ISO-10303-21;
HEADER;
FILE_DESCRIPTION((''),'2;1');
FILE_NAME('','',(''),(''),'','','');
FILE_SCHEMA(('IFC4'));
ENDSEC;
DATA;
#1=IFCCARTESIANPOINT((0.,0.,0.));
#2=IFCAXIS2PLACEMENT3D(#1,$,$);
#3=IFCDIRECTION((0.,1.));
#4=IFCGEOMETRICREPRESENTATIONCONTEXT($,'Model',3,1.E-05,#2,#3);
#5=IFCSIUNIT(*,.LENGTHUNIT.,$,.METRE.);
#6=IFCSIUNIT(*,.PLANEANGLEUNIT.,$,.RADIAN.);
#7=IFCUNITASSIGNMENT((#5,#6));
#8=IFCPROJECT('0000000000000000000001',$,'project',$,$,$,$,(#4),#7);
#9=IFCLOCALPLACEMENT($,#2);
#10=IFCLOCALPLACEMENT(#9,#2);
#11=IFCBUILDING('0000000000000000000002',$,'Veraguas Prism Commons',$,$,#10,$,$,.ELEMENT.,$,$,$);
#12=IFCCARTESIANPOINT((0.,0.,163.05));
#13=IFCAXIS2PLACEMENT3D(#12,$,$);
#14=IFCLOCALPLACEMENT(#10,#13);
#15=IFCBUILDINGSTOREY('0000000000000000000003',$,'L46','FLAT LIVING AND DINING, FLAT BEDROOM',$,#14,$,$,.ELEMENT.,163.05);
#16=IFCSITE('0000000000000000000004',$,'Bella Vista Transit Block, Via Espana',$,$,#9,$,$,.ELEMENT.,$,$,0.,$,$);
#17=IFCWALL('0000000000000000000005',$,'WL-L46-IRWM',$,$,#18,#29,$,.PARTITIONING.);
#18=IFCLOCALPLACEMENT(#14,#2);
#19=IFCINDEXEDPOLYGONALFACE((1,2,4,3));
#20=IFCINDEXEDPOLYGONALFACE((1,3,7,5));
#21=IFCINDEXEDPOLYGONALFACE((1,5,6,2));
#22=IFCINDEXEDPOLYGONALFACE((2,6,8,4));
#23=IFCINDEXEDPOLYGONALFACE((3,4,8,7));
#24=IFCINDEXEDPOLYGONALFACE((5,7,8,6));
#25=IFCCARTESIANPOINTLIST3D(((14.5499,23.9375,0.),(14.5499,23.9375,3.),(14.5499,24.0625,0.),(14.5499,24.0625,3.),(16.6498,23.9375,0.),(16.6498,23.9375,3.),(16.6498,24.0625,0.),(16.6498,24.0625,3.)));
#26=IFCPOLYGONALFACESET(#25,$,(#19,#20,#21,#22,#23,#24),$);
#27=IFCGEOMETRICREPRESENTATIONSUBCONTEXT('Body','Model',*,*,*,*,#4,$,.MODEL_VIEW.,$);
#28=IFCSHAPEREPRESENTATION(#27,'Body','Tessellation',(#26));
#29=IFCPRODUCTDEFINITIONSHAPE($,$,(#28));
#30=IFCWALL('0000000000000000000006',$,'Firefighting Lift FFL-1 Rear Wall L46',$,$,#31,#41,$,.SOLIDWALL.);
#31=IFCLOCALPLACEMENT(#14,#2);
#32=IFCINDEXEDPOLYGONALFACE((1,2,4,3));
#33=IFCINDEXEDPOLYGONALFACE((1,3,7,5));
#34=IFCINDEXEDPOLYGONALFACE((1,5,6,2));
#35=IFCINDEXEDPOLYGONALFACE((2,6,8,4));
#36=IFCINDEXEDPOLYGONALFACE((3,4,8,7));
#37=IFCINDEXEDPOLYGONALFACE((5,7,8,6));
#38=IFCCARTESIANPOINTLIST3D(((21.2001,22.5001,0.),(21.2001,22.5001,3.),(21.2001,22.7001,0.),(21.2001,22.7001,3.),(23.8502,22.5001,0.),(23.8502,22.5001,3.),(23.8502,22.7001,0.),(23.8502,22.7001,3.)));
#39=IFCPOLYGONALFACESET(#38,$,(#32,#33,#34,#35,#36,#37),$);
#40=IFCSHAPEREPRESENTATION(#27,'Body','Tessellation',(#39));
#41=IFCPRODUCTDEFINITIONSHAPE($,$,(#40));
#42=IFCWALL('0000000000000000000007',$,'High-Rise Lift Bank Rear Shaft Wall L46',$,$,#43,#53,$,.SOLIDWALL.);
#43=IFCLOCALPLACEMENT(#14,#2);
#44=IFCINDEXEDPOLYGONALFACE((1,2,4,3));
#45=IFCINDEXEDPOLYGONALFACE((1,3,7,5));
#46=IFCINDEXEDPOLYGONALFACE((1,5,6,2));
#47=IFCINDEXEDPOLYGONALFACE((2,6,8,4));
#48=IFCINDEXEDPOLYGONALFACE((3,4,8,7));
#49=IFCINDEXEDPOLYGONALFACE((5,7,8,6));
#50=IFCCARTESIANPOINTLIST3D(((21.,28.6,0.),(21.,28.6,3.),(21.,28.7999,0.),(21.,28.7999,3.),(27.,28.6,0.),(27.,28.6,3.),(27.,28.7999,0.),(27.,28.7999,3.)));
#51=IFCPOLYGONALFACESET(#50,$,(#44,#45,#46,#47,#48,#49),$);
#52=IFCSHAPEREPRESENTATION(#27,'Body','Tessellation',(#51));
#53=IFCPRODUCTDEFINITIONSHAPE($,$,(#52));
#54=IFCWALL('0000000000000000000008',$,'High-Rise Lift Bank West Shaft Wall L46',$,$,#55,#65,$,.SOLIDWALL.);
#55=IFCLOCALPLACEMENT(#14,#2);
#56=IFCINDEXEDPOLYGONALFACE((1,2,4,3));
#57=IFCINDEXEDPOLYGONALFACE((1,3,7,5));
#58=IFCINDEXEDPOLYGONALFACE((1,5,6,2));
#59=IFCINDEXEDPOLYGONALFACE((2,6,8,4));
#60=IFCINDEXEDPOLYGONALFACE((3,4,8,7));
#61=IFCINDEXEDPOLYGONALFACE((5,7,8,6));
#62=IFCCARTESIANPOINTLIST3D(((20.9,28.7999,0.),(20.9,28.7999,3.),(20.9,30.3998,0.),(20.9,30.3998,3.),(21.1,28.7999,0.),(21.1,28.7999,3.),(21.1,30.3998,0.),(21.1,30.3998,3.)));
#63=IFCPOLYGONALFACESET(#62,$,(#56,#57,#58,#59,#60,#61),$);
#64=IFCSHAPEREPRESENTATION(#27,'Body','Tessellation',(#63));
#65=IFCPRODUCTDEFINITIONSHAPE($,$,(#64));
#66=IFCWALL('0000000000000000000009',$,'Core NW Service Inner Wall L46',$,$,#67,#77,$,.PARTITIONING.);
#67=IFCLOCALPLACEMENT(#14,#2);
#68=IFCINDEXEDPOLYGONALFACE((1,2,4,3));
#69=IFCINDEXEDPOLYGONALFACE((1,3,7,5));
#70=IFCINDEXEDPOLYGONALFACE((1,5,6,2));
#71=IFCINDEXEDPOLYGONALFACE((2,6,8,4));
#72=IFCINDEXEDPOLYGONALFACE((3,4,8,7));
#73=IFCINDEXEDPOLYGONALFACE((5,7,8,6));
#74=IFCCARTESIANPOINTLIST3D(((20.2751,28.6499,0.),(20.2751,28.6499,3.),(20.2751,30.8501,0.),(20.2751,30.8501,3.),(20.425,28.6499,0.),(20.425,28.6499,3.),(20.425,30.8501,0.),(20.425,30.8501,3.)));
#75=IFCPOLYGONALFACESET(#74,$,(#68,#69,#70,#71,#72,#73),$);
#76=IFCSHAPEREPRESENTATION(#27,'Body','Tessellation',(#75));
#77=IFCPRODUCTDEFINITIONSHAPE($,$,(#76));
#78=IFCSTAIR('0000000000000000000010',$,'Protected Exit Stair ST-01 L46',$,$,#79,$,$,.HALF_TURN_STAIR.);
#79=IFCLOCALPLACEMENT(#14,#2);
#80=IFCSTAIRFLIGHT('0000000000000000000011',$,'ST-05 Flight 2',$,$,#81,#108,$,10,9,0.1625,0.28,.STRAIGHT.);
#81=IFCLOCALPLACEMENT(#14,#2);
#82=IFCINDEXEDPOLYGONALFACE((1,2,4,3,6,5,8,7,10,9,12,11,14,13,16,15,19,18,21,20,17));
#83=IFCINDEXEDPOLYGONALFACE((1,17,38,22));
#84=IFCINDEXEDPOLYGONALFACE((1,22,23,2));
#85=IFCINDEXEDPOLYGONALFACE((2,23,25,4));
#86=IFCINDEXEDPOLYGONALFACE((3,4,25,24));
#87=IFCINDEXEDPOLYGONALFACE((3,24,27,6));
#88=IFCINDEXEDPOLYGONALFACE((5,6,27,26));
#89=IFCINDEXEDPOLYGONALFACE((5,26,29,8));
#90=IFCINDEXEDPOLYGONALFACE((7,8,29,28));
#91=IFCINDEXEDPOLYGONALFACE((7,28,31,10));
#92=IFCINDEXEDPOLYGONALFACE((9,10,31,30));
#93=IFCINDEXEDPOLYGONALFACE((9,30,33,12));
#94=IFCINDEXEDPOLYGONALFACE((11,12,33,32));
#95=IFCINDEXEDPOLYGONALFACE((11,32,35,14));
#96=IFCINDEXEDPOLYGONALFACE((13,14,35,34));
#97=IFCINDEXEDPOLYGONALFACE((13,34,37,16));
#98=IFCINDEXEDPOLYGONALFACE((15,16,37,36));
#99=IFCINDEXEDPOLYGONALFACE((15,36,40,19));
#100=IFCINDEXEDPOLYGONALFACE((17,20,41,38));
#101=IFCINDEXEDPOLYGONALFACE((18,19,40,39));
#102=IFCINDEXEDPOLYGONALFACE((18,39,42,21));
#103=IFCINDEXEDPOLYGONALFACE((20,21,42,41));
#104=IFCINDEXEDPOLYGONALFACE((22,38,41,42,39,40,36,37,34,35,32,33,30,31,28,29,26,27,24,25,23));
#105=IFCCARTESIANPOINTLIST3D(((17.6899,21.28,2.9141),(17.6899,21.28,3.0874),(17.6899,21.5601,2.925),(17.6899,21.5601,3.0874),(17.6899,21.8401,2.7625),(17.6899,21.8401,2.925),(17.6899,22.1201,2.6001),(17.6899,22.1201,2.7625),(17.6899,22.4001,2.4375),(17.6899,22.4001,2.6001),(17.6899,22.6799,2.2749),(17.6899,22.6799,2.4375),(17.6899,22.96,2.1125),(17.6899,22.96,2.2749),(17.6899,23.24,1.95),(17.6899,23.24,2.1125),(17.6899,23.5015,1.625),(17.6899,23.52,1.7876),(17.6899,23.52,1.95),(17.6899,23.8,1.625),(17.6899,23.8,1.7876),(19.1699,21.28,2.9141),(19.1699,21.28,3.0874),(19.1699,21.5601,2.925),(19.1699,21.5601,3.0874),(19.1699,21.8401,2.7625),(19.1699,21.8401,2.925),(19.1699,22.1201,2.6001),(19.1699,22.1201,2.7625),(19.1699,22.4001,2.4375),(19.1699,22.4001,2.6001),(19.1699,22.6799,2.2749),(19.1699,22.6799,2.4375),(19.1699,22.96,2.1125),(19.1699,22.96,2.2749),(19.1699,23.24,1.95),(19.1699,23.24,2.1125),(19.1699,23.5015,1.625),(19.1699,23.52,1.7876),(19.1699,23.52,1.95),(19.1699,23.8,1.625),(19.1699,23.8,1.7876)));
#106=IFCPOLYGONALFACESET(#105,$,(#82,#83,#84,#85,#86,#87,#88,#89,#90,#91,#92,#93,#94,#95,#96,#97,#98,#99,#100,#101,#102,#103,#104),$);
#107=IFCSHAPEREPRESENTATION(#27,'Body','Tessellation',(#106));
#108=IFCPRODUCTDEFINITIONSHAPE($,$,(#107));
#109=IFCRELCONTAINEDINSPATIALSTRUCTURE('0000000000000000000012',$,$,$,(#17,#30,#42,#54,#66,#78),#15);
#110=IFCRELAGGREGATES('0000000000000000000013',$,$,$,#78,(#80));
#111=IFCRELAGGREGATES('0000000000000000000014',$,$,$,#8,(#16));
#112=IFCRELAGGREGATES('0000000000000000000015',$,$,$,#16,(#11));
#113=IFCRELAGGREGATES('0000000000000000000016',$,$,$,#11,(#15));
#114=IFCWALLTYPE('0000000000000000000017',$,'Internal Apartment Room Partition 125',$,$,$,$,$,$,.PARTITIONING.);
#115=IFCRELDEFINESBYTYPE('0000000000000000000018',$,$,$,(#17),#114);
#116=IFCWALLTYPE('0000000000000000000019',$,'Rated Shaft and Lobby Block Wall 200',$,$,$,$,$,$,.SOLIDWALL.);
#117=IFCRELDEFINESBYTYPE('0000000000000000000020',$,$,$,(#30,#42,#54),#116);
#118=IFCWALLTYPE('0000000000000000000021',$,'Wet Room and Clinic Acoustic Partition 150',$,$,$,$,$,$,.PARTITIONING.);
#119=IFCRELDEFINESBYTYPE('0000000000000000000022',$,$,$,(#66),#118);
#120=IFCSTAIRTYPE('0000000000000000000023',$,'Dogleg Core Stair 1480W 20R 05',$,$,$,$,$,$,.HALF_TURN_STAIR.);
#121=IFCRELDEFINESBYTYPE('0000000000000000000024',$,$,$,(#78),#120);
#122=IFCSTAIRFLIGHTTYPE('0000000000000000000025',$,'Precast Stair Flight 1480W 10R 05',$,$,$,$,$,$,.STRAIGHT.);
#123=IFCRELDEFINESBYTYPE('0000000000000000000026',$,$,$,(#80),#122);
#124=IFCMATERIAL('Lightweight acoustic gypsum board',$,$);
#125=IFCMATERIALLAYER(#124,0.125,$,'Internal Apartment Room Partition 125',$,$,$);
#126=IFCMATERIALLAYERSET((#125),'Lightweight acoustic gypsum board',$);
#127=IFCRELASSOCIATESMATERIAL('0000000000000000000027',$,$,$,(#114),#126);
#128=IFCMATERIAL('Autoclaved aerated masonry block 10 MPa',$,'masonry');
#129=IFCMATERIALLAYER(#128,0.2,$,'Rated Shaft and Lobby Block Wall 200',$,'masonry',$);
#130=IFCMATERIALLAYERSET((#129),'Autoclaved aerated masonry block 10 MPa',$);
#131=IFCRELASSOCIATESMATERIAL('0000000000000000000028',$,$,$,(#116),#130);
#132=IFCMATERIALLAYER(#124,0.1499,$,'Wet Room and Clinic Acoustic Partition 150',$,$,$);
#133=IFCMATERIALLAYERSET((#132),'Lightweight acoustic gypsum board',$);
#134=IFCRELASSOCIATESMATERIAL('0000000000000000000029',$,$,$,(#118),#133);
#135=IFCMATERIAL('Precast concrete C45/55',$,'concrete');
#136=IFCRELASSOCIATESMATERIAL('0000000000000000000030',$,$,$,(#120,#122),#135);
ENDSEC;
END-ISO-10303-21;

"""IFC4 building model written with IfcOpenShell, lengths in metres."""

from ifc_helpers import new_model, si_unit, direction, frame, frame_2d, origin, place, context, subcontext, project, spatial, polyline, rectangle, outline, extrude, material, layer, layer_set, type_object, element, aggregate, save


model = new_model("IFC4")

# Units and contexts
model_context = context("Model", 3, precision=1e-05, world=origin(), true_north=direction((0.0, 1.0)))
body_context = subcontext(model_context, "Body", "Model", "MODEL_VIEW")
ifc_project = project(units=[si_unit("LENGTHUNIT", "METRE"), si_unit("PLANEANGLEUNIT", "RADIAN")], contexts=[model_context])

# Site, building, storey
site_placement = place(None, origin())
site = spatial("IfcSite", under=ifc_project, at=site_placement, Name="Bella Vista Transit Block, Via Espana", CompositionType="ELEMENT", RefElevation=0.0)
building_placement = place(site_placement, origin())
building = spatial("IfcBuilding", under=site, at=building_placement, Name="Veraguas Prism Commons", CompositionType="ELEMENT")
storey_placement = place(building_placement, frame((0.0, 0.0, 163.05)))
storey = spatial("IfcBuildingStorey", under=building, at=storey_placement, Name="L46", Description="FLAT LIVING AND DINING, FLAT BEDROOM", CompositionType="ELEMENT", Elevation=163.05)

# Shared definitions
ifc_material_1 = material(Name="Autoclaved aerated masonry block 10 MPa", Category="masonry")

# Walls
ifc_material_2 = material(Name="Lightweight acoustic gypsum board")
ifc_layer_1 = layer(ifc_material_2, 0.125, Name="Internal Apartment Room Partition 125")
ifc_layer_set_1 = layer_set([ifc_layer_1], Name="Lightweight acoustic gypsum board")
wall_type_1 = type_object("IfcWallType", Name="Internal Apartment Room Partition 125", PredefinedType="PARTITIONING", material=ifc_layer_set_1)
wall_1_placement = place(storey_placement, frame((14.55, 24.0, 0.0), z_axis=(0.0, 0.0, 1.0), x_axis=(1.0, 0.0, 0.0)))
element("IfcWall", 1, at=wall_1_placement, inside=storey, type_object=wall_type_1, Name="WL-L46-IRWM", PredefinedType="PARTITIONING", context=body_context, shape_type="SweptSolid", body=[
    extrude(rectangle(XDim=2.0999, YDim=0.125, at=frame_2d((1.0498, 0.0))), origin(), (0.0, 0.0, 1.0), 3.0),
])
ifc_layer_2 = layer(ifc_material_1, 0.2, Name="Rated Shaft and Lobby Block Wall 200", Category="masonry")
ifc_layer_set_2 = layer_set([ifc_layer_2], Name="Autoclaved aerated masonry block 10 MPa")
wall_type_2 = type_object("IfcWallType", Name="Rated Shaft and Lobby Block Wall 200", PredefinedType="SOLIDWALL", material=ifc_layer_set_2)
wall_2_placement = place(storey_placement, frame((21.2, 22.6001, 0.0), z_axis=(0.0, 0.0, 1.0), x_axis=(1.0, 0.0, 0.0)))
element("IfcWall", 2, at=wall_2_placement, inside=storey, type_object=wall_type_2, Name="Firefighting Lift FFL-1 Rear Wall L46", PredefinedType="SOLIDWALL", context=body_context, shape_type="SweptSolid", body=[
    extrude(rectangle(XDim=2.6501, YDim=0.2, at=frame_2d((1.3252, 0.0))), origin(), (0.0, 0.0, 1.0), 3.0),
])
wall_3_placement = place(storey_placement, frame((21.0, 28.7, 0.0), z_axis=(0.0, 0.0, 1.0), x_axis=(1.0, 0.0, 0.0)))
element("IfcWall", 3, at=wall_3_placement, inside=storey, type_object=wall_type_2, Name="High-Rise Lift Bank Rear Shaft Wall L46", PredefinedType="SOLIDWALL", context=body_context, shape_type="SweptSolid", body=[
    extrude(rectangle(XDim=6.0, YDim=0.2, at=frame_2d((3.0, 0.0))), origin(), (0.0, 0.0, 1.0), 3.0),
])
wall_4_placement = place(storey_placement, frame((21.0, 28.8, 0.0), z_axis=(0.0, 0.0, 1.0), x_axis=(0.0, 1.0, 0.0)))
element("IfcWall", 4, at=wall_4_placement, inside=storey, type_object=wall_type_2, Name="High-Rise Lift Bank West Shaft Wall L46", PredefinedType="SOLIDWALL", context=body_context, shape_type="SweptSolid", body=[
    extrude(rectangle(XDim=1.5999, YDim=0.2, at=frame_2d((0.7998, 0.0))), origin(), (0.0, 0.0, 1.0), 3.0),
])
ifc_layer_3 = layer(ifc_material_2, 0.1499, Name="Wet Room and Clinic Acoustic Partition 150")
ifc_layer_set_3 = layer_set([ifc_layer_3], Name="Lightweight acoustic gypsum board")
wall_type_3 = type_object("IfcWallType", Name="Wet Room and Clinic Acoustic Partition 150", PredefinedType="PARTITIONING", material=ifc_layer_set_3)
wall_5_placement = place(storey_placement, frame((20.3501, 28.6499, 0.0), z_axis=(0.0, 0.0, 1.0), x_axis=(0.0, 1.0, 0.0)))
element("IfcWall", 5, at=wall_5_placement, inside=storey, type_object=wall_type_3, Name="Core NW Service Inner Wall L46", PredefinedType="PARTITIONING", context=body_context, shape_type="SweptSolid", body=[
    extrude(rectangle(XDim=2.2002, YDim=0.1499, at=frame_2d((1.1001, 0.0))), origin(), (0.0, 0.0, 1.0), 3.0),
])

# Stair, stair flight
ifc_material_3 = material(Name="Precast concrete C45/55", Category="concrete")
stair_type = type_object("IfcStairType", Name="Dogleg Core Stair 1480W 20R 05", PredefinedType="HALF_TURN_STAIR", material=ifc_material_3)
stair_placement = place(storey_placement, origin())
stair = element("IfcStair", 6, at=stair_placement, inside=storey, type_object=stair_type, Name="Protected Exit Stair ST-01 L46", PredefinedType="HALF_TURN_STAIR")
stair_flight_type = type_object("IfcStairFlightType", Name="Precast Stair Flight 1480W 10R 05", PredefinedType="STRAIGHT", material=ifc_material_3)
stair_flight_placement = place(storey_placement, frame((18.4299, 23.8, 1.625), z_axis=(0.0, 0.0, 1.0), x_axis=(0.0, -1.0, 0.0)))
stair_flight = element("IfcStairFlight", 7, at=stair_flight_placement, type_object=stair_flight_type, Name="ST-05 Flight 2", NumberOfRisers=10, NumberOfTreads=9, PredefinedType="STRAIGHT", RiserHeight=0.1625, TreadLength=0.28, context=body_context, shape_type="SweptSolid", body=[
    extrude(outline(polyline([(0.0, 0.0), (0.0, 0.1626), (0.28, 0.1626), (0.28, 0.325), (0.5601, 0.325), (0.5601, 0.4875), (0.8401, 0.4875), (0.8401, 0.6499), (1.1201, 0.6499), (1.1201, 0.8125), (1.3999, 0.8125), (1.3999, 0.9751), (1.6799, 0.9751), (1.6799, 1.1375), (1.96, 1.1375), (1.96, 1.3), (2.24, 1.3), (2.24, 1.4624), (2.52, 1.4624), (2.52, 1.625), (2.52, 1.2891), (0.2986, 0.0), (0.0, 0.0)])), frame((0.0, 0.74, 0.0), z_axis=(0.0, -1.0, 0.0), x_axis=(1.0, 0.0, 0.0)), (0.0, 0.0, 1.0), 1.48),
])
aggregate(stair, [stair_flight])

save(model, "model.ifc")
